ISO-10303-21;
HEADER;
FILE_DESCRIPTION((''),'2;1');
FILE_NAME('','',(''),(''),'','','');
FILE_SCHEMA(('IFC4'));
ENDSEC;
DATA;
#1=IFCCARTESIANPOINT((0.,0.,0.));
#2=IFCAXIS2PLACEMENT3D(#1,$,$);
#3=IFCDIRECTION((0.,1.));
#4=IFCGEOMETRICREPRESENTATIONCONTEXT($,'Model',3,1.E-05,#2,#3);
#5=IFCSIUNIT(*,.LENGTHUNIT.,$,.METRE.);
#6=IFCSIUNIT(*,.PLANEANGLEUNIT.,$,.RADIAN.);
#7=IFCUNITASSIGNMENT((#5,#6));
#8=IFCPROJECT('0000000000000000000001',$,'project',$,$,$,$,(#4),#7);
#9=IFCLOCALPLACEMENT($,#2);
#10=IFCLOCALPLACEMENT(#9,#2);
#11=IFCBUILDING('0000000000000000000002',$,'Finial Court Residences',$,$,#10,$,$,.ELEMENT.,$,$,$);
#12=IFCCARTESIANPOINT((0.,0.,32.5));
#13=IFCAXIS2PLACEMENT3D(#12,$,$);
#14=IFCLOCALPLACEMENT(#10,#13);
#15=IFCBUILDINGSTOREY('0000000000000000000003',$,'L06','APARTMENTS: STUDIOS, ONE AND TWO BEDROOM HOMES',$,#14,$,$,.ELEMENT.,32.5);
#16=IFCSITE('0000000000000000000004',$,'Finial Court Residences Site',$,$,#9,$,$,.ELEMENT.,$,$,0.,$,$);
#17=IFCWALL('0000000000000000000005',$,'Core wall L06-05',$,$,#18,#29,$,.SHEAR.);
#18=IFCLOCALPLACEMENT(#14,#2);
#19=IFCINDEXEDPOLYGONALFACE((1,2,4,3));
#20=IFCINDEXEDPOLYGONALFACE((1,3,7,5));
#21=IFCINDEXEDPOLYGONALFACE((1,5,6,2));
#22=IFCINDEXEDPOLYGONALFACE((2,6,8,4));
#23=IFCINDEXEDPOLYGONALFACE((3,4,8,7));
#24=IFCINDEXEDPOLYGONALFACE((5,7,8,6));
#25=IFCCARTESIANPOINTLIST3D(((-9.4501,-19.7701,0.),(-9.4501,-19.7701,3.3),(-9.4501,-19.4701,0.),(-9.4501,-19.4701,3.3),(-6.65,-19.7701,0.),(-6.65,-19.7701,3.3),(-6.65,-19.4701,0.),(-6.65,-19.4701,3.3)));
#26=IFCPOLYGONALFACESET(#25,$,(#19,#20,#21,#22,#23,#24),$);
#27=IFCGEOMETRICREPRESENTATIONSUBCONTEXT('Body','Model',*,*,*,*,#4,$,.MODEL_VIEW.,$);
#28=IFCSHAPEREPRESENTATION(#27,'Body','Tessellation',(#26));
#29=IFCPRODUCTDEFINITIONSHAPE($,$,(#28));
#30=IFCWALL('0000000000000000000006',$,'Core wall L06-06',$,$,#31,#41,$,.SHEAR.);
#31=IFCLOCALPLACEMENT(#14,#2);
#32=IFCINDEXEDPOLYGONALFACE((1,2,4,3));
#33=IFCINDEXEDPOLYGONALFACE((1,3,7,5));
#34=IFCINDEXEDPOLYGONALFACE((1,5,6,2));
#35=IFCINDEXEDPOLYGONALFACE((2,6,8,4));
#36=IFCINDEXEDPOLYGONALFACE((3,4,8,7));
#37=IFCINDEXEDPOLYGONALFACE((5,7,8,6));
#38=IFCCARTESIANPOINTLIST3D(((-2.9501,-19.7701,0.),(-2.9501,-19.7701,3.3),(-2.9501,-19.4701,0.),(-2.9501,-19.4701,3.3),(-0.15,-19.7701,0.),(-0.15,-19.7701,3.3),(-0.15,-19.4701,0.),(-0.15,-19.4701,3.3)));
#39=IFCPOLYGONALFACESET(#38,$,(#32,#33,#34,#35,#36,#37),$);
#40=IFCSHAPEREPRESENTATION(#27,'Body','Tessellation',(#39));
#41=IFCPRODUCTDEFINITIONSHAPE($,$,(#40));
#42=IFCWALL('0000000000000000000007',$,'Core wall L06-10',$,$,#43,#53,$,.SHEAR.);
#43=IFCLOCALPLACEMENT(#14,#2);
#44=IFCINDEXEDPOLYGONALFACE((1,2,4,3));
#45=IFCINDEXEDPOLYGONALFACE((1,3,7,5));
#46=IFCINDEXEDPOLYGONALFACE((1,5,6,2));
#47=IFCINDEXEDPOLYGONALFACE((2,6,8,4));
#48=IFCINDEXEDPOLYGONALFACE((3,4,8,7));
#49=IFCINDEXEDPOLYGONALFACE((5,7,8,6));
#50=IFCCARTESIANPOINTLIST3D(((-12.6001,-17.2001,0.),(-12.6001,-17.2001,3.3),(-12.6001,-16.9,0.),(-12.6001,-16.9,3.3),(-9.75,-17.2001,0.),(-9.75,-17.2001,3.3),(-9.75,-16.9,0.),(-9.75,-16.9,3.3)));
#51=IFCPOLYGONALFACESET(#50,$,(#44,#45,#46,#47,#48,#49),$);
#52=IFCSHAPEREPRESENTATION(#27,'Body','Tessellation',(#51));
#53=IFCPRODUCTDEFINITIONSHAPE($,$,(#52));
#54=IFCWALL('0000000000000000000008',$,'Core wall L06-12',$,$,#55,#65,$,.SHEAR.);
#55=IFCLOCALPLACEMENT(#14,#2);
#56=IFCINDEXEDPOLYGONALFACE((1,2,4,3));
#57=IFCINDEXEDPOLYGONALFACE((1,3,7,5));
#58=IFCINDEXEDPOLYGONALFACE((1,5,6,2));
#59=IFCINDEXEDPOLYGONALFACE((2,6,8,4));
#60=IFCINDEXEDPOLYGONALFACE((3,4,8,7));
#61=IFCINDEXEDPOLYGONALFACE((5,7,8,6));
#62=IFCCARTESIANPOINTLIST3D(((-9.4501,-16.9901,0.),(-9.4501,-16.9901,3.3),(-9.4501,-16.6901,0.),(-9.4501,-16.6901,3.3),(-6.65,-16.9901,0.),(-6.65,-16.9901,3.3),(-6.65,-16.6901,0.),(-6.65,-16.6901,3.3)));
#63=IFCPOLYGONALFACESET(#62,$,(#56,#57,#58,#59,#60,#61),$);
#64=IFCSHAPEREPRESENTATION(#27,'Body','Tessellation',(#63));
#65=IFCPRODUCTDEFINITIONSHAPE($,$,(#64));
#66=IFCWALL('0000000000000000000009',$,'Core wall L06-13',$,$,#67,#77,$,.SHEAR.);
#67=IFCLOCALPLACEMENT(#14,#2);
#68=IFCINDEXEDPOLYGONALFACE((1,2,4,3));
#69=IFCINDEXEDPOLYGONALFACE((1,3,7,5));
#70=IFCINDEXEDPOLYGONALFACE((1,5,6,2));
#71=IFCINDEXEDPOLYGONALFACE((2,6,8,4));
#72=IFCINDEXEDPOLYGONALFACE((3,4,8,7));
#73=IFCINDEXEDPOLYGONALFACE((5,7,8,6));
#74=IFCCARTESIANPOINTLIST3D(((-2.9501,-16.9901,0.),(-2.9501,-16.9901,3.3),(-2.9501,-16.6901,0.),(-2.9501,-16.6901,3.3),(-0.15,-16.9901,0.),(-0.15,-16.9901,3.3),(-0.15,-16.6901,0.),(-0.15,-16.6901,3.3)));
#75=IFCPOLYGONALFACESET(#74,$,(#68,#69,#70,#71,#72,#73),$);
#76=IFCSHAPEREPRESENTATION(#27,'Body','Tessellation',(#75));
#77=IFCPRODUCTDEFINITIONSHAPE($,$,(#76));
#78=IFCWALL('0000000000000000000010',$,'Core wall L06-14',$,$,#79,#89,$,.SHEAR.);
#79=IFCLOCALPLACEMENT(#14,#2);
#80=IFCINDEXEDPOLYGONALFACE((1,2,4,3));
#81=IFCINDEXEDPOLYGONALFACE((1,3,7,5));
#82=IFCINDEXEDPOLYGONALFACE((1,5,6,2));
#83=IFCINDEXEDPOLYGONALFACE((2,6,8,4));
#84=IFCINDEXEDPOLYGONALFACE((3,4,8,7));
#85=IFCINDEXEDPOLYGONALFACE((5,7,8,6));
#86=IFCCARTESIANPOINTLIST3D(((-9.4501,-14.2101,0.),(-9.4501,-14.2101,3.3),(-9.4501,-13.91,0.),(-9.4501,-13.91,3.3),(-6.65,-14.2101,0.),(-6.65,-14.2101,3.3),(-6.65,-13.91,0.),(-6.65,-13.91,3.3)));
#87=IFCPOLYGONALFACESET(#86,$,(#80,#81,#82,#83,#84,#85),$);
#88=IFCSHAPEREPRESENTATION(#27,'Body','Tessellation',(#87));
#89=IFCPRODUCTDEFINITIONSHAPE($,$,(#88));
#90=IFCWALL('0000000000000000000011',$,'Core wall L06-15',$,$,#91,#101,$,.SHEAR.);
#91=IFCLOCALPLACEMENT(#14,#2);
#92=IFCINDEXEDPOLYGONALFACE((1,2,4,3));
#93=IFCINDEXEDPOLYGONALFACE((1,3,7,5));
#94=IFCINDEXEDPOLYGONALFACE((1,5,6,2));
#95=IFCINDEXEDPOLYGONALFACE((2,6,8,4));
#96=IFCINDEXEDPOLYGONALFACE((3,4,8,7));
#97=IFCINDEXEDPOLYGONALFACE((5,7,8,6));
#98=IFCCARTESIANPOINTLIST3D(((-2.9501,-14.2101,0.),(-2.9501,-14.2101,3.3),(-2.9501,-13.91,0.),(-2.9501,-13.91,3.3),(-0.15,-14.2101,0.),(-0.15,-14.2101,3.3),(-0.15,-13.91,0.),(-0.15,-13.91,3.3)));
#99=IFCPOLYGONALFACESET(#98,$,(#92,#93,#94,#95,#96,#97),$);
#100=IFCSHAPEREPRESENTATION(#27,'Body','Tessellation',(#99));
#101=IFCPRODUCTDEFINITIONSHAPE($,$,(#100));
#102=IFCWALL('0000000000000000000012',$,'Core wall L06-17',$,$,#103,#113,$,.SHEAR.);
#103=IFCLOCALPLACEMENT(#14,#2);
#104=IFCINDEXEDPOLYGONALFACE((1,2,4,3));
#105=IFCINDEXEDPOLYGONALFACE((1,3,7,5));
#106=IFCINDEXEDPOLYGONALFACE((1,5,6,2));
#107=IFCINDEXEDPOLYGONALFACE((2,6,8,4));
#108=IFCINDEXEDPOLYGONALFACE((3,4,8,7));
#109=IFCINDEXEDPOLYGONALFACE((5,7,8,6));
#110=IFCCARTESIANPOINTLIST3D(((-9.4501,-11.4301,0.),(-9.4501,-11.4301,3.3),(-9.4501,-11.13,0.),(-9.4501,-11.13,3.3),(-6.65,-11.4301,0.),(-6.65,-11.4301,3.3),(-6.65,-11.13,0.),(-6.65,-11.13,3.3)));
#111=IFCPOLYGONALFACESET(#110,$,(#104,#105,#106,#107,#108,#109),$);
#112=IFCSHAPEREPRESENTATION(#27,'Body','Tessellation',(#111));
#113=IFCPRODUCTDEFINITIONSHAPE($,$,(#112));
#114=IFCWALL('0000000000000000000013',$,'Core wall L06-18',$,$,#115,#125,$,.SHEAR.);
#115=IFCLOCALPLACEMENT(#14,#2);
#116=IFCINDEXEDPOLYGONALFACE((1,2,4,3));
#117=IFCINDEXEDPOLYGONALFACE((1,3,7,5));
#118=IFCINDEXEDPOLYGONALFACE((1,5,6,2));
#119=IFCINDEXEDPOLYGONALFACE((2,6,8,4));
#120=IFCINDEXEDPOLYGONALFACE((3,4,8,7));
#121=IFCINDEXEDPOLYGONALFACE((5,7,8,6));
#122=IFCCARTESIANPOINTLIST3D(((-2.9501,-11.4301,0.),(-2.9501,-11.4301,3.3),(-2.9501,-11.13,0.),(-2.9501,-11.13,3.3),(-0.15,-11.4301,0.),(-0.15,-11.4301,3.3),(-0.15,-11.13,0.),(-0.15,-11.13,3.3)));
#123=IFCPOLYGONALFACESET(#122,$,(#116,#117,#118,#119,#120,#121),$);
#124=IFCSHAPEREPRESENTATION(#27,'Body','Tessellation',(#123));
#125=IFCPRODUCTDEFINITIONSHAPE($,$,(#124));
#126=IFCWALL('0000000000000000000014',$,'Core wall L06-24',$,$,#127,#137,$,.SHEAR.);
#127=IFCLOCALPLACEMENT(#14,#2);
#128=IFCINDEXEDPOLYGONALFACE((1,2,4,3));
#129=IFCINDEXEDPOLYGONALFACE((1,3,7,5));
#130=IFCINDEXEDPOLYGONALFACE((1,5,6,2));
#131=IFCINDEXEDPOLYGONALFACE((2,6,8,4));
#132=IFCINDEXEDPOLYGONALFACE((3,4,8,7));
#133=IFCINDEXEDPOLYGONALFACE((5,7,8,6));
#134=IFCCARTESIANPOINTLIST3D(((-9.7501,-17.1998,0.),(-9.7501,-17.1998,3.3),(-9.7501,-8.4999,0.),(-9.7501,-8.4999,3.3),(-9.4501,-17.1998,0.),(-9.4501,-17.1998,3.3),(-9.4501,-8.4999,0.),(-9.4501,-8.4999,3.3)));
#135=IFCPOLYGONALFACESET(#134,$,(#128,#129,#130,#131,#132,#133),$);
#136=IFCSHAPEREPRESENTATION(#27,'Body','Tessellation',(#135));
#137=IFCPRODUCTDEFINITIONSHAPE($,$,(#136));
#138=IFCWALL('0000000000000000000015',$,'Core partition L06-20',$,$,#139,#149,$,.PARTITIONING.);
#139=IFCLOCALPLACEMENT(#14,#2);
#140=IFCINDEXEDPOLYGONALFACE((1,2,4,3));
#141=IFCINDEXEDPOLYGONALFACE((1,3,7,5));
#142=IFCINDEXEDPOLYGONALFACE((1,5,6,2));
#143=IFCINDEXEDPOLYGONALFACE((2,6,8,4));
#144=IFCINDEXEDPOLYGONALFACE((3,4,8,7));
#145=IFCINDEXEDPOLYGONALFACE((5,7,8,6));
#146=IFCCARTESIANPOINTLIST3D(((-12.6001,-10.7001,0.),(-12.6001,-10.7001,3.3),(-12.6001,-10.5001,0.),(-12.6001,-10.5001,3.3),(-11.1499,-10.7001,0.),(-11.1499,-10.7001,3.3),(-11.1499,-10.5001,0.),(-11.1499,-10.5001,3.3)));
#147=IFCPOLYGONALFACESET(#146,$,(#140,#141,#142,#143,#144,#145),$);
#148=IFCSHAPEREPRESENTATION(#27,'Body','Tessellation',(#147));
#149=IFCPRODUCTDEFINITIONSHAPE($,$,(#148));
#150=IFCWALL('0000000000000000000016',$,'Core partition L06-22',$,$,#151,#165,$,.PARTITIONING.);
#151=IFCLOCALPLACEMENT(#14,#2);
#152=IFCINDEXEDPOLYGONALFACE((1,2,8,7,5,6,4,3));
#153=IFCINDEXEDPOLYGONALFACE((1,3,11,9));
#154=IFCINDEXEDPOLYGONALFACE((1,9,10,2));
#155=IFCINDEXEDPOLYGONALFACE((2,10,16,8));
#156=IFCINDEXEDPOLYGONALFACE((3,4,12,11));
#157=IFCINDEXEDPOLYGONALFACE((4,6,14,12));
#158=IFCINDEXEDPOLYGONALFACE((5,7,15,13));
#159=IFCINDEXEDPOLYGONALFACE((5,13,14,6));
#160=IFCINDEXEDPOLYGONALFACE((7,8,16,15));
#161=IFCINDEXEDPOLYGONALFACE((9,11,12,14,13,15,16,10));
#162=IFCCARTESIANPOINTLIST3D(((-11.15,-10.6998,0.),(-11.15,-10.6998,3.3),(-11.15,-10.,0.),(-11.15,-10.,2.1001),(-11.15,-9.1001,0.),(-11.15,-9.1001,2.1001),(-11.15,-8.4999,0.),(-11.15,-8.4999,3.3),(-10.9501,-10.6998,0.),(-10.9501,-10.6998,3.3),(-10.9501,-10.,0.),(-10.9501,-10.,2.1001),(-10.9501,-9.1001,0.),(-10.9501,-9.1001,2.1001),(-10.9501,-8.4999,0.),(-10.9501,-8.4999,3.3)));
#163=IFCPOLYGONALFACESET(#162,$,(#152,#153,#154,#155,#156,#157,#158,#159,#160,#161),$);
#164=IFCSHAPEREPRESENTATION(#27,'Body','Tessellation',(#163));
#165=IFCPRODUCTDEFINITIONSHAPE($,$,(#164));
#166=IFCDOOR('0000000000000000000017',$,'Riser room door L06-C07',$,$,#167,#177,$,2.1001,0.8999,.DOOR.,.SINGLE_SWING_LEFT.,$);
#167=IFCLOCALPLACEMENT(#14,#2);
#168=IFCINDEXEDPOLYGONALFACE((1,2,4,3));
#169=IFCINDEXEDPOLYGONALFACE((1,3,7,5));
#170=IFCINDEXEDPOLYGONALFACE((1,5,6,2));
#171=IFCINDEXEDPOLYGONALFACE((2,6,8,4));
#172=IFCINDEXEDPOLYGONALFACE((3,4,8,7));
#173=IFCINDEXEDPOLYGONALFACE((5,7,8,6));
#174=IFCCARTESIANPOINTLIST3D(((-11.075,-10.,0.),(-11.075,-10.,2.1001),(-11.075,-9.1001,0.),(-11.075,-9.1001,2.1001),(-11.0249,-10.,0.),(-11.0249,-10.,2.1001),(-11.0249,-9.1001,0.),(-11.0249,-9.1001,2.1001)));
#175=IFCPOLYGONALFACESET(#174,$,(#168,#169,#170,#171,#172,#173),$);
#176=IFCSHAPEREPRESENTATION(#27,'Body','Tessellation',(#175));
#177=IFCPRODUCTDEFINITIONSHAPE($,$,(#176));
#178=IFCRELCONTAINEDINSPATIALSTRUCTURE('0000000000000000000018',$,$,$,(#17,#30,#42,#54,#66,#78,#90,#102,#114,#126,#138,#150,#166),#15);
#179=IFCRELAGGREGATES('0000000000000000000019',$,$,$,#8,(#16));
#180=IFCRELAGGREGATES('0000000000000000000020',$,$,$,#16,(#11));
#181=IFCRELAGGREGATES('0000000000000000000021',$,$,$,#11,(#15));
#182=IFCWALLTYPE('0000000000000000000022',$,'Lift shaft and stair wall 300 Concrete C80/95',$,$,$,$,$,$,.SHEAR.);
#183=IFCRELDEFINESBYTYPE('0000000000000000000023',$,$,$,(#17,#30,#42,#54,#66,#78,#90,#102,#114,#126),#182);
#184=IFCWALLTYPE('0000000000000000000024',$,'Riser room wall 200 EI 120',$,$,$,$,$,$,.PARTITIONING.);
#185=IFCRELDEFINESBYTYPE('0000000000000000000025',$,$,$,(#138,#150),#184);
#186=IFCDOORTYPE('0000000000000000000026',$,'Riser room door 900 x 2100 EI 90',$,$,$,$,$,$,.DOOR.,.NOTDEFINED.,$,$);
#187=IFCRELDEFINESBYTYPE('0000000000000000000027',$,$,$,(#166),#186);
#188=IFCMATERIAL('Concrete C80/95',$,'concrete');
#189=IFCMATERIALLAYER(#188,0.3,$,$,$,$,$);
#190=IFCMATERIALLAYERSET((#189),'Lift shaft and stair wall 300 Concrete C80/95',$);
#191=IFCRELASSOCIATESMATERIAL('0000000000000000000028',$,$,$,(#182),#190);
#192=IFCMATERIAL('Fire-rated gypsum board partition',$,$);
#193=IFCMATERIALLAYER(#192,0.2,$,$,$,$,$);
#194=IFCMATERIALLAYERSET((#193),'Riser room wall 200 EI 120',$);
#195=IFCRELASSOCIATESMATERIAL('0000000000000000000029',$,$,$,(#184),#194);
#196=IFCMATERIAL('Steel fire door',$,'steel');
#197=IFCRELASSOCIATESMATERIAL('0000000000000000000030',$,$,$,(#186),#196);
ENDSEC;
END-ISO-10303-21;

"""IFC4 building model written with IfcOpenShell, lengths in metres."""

from ifc_helpers import new_model, si_unit, direction, frame, frame_2d, origin, place, context, subcontext, project, spatial, rectangle, extrude, material, layer, layer_set, type_object, element, fill, save


model = new_model("IFC4")

# Units and contexts
model_context = context("Model", 3, precision=1e-05, world=origin(), true_north=direction((0.0, 1.0)))
body_context = subcontext(model_context, "Body", "Model", "MODEL_VIEW")
ifc_project = project(units=[si_unit("LENGTHUNIT", "METRE"), si_unit("PLANEANGLEUNIT", "RADIAN")], contexts=[model_context])

# Site, building, storey
site_placement = place(None, origin())
site = spatial("IfcSite", under=ifc_project, at=site_placement, Name="Finial Court Residences Site", CompositionType="ELEMENT", RefElevation=0.0)
building_placement = place(site_placement, origin())
building = spatial("IfcBuilding", under=site, at=building_placement, Name="Finial Court Residences", CompositionType="ELEMENT")
storey_placement = place(building_placement, frame((0.0, 0.0, 32.5)))
storey = spatial("IfcBuildingStorey", under=building, at=storey_placement, Name="L06", Description="APARTMENTS: STUDIOS, ONE AND TWO BEDROOM HOMES", CompositionType="ELEMENT", Elevation=32.5)

# Walls
ifc_material_1 = material(Name="Concrete C80/95", Category="concrete")
ifc_layer_1 = layer(ifc_material_1, 0.3)
ifc_layer_set_1 = layer_set([ifc_layer_1], Name="Lift shaft and stair wall 300 Concrete C80/95")
wall_type_1 = type_object("IfcWallType", Name="Lift shaft and stair wall 300 Concrete C80/95", PredefinedType="SHEAR", material=ifc_layer_set_1)
for number, where, z_axis, x_axis, name in (
    (1, (-9.45, -19.6201, 0.0), (0.0, 0.0, 1.0), (1.0, 0.0, 0.0), "Core wall L06-05"),
    (2, (-2.95, -19.6201, 0.0), (0.0, 0.0, 1.0), (1.0, 0.0, 0.0), "Core wall L06-06"),
):
    element("IfcWall", number, at=place(storey_placement, frame(where, z_axis=z_axis, x_axis=x_axis)), inside=storey, type_object=wall_type_1, Name=name, PredefinedType="SHEAR", context=body_context, shape_type="SweptSolid", body=[
        extrude(rectangle(XDim=2.8, YDim=0.3, at=frame_2d((1.3999, 0.0))), origin(), (0.0, 0.0, 1.0), 3.3),
    ])
wall_1_placement = place(storey_placement, frame((-12.6001, -17.05, 0.0), z_axis=(0.0, 0.0, 1.0), x_axis=(1.0, 0.0, 0.0)))
element("IfcWall", 3, at=wall_1_placement, inside=storey, type_object=wall_type_1, Name="Core wall L06-10", PredefinedType="SHEAR", context=body_context, shape_type="SweptSolid", body=[
    extrude(rectangle(XDim=2.8501, YDim=0.3, at=frame_2d((1.425, 0.0))), origin(), (0.0, 0.0, 1.0), 3.3),
])
for number, where, z_axis, x_axis, name in (
    (4, (-9.45, -16.8401, 0.0), (0.0, 0.0, 1.0), (1.0, 0.0, 0.0), "Core wall L06-12"),
    (5, (-2.95, -16.8401, 0.0), (0.0, 0.0, 1.0), (1.0, 0.0, 0.0), "Core wall L06-13"),
    (6, (-9.45, -14.0601, 0.0), (0.0, 0.0, 1.0), (1.0, 0.0, 0.0), "Core wall L06-14"),
    (7, (-2.95, -14.0601, 0.0), (0.0, 0.0, 1.0), (1.0, 0.0, 0.0), "Core wall L06-15"),
    (8, (-9.45, -11.28, 0.0), (0.0, 0.0, 1.0), (1.0, 0.0, 0.0), "Core wall L06-17"),
    (9, (-2.95, -11.28, 0.0), (0.0, 0.0, 1.0), (1.0, 0.0, 0.0), "Core wall L06-18"),
):
    element("IfcWall", number, at=place(storey_placement, frame(where, z_axis=z_axis, x_axis=x_axis)), inside=storey, type_object=wall_type_1, Name=name, PredefinedType="SHEAR", context=body_context, shape_type="SweptSolid", body=[
        extrude(rectangle(XDim=2.8, YDim=0.3, at=frame_2d((1.3999, 0.0))), origin(), (0.0, 0.0, 1.0), 3.3),
    ])
wall_2_placement = place(storey_placement, frame((-9.6001, -17.2, 0.0), z_axis=(0.0, 0.0, 1.0), x_axis=(0.0, 1.0, 0.0)))
element("IfcWall", 10, at=wall_2_placement, inside=storey, type_object=wall_type_1, Name="Core wall L06-24", PredefinedType="SHEAR", context=body_context, shape_type="SweptSolid", body=[
    extrude(rectangle(XDim=8.7, YDim=0.3, at=frame_2d((4.3501, 0.0))), origin(), (0.0, 0.0, 1.0), 3.3),
])
ifc_material_2 = material(Name="Fire-rated gypsum board partition")
ifc_layer_2 = layer(ifc_material_2, 0.2)
ifc_layer_set_2 = layer_set([ifc_layer_2], Name="Riser room wall 200 EI 120")
wall_type_2 = type_object("IfcWallType", Name="Riser room wall 200 EI 120", PredefinedType="PARTITIONING", material=ifc_layer_set_2)
wall_3_placement = place(storey_placement, frame((-12.6001, -10.6001, 0.0), z_axis=(0.0, 0.0, 1.0), x_axis=(1.0, 0.0, 0.0)))
element("IfcWall", 11, at=wall_3_placement, inside=storey, type_object=wall_type_2, Name="Core partition L06-20", PredefinedType="PARTITIONING", context=body_context, shape_type="SweptSolid", body=[
    extrude(rectangle(XDim=1.4502, YDim=0.2, at=frame_2d((0.7251, 0.0))), origin(), (0.0, 0.0, 1.0), 3.3),
])

# Wall, opening, door
wall_4_placement = place(storey_placement, frame((-11.05, -10.7, 0.0), z_axis=(0.0, 0.0, 1.0), x_axis=(0.0, 1.0, 0.0)))
wall_4 = element("IfcWall", 12, at=wall_4_placement, inside=storey, type_object=wall_type_2, Name="Core partition L06-22", PredefinedType="PARTITIONING", context=body_context, shape_type="SweptSolid", body=[
    extrude(rectangle(XDim=2.2, YDim=0.2, at=frame_2d((1.1001, 0.0))), origin(), (0.0, 0.0, 1.0), 3.3),
])
opening_1_placement = place(wall_4_placement, frame((0.7, 0.0, 0.0)))
opening_1 = element("IfcOpeningElement", 13, at=opening_1_placement, cuts=wall_4, PredefinedType="OPENING", context=body_context, shape_type="SweptSolid", body=[
    extrude(rectangle(XDim=0.8999, YDim=2.1001, at=frame_2d((0.45, 1.05))), frame((0.0, 0.1099, 0.0), z_axis=(0.0, -1.0, 0.0), x_axis=(1.0, 0.0, 0.0)), (0.0, 0.0, 1.0), 0.22),
])
ifc_material_3 = material(Name="Steel fire door", Category="steel")
door_type_1 = type_object("IfcDoorType", Name="Riser room door 900 x 2100 EI 90", OperationType="NOTDEFINED", PredefinedType="DOOR", material=ifc_material_3)
door_1_placement = place(opening_1_placement, origin())
door_1 = element("IfcDoor", 14, at=door_1_placement, inside=storey, type_object=door_type_1, Name="Riser room door L06-C07", OperationType="SINGLE_SWING_LEFT", OverallHeight=2.1001, OverallWidth=0.8999, PredefinedType="DOOR", context=body_context, shape_type="SweptSolid", body=[
    extrude(rectangle(XDim=0.8999, YDim=2.1001, at=frame_2d((0.45, 1.05))), frame((0.0, 0.0249, 0.0), z_axis=(0.0, -1.0, 0.0), x_axis=(1.0, 0.0, 0.0)), (0.0, 0.0, 1.0), 0.05),
])
fill(opening_1, door_1)

save(model, "model.ifc")
